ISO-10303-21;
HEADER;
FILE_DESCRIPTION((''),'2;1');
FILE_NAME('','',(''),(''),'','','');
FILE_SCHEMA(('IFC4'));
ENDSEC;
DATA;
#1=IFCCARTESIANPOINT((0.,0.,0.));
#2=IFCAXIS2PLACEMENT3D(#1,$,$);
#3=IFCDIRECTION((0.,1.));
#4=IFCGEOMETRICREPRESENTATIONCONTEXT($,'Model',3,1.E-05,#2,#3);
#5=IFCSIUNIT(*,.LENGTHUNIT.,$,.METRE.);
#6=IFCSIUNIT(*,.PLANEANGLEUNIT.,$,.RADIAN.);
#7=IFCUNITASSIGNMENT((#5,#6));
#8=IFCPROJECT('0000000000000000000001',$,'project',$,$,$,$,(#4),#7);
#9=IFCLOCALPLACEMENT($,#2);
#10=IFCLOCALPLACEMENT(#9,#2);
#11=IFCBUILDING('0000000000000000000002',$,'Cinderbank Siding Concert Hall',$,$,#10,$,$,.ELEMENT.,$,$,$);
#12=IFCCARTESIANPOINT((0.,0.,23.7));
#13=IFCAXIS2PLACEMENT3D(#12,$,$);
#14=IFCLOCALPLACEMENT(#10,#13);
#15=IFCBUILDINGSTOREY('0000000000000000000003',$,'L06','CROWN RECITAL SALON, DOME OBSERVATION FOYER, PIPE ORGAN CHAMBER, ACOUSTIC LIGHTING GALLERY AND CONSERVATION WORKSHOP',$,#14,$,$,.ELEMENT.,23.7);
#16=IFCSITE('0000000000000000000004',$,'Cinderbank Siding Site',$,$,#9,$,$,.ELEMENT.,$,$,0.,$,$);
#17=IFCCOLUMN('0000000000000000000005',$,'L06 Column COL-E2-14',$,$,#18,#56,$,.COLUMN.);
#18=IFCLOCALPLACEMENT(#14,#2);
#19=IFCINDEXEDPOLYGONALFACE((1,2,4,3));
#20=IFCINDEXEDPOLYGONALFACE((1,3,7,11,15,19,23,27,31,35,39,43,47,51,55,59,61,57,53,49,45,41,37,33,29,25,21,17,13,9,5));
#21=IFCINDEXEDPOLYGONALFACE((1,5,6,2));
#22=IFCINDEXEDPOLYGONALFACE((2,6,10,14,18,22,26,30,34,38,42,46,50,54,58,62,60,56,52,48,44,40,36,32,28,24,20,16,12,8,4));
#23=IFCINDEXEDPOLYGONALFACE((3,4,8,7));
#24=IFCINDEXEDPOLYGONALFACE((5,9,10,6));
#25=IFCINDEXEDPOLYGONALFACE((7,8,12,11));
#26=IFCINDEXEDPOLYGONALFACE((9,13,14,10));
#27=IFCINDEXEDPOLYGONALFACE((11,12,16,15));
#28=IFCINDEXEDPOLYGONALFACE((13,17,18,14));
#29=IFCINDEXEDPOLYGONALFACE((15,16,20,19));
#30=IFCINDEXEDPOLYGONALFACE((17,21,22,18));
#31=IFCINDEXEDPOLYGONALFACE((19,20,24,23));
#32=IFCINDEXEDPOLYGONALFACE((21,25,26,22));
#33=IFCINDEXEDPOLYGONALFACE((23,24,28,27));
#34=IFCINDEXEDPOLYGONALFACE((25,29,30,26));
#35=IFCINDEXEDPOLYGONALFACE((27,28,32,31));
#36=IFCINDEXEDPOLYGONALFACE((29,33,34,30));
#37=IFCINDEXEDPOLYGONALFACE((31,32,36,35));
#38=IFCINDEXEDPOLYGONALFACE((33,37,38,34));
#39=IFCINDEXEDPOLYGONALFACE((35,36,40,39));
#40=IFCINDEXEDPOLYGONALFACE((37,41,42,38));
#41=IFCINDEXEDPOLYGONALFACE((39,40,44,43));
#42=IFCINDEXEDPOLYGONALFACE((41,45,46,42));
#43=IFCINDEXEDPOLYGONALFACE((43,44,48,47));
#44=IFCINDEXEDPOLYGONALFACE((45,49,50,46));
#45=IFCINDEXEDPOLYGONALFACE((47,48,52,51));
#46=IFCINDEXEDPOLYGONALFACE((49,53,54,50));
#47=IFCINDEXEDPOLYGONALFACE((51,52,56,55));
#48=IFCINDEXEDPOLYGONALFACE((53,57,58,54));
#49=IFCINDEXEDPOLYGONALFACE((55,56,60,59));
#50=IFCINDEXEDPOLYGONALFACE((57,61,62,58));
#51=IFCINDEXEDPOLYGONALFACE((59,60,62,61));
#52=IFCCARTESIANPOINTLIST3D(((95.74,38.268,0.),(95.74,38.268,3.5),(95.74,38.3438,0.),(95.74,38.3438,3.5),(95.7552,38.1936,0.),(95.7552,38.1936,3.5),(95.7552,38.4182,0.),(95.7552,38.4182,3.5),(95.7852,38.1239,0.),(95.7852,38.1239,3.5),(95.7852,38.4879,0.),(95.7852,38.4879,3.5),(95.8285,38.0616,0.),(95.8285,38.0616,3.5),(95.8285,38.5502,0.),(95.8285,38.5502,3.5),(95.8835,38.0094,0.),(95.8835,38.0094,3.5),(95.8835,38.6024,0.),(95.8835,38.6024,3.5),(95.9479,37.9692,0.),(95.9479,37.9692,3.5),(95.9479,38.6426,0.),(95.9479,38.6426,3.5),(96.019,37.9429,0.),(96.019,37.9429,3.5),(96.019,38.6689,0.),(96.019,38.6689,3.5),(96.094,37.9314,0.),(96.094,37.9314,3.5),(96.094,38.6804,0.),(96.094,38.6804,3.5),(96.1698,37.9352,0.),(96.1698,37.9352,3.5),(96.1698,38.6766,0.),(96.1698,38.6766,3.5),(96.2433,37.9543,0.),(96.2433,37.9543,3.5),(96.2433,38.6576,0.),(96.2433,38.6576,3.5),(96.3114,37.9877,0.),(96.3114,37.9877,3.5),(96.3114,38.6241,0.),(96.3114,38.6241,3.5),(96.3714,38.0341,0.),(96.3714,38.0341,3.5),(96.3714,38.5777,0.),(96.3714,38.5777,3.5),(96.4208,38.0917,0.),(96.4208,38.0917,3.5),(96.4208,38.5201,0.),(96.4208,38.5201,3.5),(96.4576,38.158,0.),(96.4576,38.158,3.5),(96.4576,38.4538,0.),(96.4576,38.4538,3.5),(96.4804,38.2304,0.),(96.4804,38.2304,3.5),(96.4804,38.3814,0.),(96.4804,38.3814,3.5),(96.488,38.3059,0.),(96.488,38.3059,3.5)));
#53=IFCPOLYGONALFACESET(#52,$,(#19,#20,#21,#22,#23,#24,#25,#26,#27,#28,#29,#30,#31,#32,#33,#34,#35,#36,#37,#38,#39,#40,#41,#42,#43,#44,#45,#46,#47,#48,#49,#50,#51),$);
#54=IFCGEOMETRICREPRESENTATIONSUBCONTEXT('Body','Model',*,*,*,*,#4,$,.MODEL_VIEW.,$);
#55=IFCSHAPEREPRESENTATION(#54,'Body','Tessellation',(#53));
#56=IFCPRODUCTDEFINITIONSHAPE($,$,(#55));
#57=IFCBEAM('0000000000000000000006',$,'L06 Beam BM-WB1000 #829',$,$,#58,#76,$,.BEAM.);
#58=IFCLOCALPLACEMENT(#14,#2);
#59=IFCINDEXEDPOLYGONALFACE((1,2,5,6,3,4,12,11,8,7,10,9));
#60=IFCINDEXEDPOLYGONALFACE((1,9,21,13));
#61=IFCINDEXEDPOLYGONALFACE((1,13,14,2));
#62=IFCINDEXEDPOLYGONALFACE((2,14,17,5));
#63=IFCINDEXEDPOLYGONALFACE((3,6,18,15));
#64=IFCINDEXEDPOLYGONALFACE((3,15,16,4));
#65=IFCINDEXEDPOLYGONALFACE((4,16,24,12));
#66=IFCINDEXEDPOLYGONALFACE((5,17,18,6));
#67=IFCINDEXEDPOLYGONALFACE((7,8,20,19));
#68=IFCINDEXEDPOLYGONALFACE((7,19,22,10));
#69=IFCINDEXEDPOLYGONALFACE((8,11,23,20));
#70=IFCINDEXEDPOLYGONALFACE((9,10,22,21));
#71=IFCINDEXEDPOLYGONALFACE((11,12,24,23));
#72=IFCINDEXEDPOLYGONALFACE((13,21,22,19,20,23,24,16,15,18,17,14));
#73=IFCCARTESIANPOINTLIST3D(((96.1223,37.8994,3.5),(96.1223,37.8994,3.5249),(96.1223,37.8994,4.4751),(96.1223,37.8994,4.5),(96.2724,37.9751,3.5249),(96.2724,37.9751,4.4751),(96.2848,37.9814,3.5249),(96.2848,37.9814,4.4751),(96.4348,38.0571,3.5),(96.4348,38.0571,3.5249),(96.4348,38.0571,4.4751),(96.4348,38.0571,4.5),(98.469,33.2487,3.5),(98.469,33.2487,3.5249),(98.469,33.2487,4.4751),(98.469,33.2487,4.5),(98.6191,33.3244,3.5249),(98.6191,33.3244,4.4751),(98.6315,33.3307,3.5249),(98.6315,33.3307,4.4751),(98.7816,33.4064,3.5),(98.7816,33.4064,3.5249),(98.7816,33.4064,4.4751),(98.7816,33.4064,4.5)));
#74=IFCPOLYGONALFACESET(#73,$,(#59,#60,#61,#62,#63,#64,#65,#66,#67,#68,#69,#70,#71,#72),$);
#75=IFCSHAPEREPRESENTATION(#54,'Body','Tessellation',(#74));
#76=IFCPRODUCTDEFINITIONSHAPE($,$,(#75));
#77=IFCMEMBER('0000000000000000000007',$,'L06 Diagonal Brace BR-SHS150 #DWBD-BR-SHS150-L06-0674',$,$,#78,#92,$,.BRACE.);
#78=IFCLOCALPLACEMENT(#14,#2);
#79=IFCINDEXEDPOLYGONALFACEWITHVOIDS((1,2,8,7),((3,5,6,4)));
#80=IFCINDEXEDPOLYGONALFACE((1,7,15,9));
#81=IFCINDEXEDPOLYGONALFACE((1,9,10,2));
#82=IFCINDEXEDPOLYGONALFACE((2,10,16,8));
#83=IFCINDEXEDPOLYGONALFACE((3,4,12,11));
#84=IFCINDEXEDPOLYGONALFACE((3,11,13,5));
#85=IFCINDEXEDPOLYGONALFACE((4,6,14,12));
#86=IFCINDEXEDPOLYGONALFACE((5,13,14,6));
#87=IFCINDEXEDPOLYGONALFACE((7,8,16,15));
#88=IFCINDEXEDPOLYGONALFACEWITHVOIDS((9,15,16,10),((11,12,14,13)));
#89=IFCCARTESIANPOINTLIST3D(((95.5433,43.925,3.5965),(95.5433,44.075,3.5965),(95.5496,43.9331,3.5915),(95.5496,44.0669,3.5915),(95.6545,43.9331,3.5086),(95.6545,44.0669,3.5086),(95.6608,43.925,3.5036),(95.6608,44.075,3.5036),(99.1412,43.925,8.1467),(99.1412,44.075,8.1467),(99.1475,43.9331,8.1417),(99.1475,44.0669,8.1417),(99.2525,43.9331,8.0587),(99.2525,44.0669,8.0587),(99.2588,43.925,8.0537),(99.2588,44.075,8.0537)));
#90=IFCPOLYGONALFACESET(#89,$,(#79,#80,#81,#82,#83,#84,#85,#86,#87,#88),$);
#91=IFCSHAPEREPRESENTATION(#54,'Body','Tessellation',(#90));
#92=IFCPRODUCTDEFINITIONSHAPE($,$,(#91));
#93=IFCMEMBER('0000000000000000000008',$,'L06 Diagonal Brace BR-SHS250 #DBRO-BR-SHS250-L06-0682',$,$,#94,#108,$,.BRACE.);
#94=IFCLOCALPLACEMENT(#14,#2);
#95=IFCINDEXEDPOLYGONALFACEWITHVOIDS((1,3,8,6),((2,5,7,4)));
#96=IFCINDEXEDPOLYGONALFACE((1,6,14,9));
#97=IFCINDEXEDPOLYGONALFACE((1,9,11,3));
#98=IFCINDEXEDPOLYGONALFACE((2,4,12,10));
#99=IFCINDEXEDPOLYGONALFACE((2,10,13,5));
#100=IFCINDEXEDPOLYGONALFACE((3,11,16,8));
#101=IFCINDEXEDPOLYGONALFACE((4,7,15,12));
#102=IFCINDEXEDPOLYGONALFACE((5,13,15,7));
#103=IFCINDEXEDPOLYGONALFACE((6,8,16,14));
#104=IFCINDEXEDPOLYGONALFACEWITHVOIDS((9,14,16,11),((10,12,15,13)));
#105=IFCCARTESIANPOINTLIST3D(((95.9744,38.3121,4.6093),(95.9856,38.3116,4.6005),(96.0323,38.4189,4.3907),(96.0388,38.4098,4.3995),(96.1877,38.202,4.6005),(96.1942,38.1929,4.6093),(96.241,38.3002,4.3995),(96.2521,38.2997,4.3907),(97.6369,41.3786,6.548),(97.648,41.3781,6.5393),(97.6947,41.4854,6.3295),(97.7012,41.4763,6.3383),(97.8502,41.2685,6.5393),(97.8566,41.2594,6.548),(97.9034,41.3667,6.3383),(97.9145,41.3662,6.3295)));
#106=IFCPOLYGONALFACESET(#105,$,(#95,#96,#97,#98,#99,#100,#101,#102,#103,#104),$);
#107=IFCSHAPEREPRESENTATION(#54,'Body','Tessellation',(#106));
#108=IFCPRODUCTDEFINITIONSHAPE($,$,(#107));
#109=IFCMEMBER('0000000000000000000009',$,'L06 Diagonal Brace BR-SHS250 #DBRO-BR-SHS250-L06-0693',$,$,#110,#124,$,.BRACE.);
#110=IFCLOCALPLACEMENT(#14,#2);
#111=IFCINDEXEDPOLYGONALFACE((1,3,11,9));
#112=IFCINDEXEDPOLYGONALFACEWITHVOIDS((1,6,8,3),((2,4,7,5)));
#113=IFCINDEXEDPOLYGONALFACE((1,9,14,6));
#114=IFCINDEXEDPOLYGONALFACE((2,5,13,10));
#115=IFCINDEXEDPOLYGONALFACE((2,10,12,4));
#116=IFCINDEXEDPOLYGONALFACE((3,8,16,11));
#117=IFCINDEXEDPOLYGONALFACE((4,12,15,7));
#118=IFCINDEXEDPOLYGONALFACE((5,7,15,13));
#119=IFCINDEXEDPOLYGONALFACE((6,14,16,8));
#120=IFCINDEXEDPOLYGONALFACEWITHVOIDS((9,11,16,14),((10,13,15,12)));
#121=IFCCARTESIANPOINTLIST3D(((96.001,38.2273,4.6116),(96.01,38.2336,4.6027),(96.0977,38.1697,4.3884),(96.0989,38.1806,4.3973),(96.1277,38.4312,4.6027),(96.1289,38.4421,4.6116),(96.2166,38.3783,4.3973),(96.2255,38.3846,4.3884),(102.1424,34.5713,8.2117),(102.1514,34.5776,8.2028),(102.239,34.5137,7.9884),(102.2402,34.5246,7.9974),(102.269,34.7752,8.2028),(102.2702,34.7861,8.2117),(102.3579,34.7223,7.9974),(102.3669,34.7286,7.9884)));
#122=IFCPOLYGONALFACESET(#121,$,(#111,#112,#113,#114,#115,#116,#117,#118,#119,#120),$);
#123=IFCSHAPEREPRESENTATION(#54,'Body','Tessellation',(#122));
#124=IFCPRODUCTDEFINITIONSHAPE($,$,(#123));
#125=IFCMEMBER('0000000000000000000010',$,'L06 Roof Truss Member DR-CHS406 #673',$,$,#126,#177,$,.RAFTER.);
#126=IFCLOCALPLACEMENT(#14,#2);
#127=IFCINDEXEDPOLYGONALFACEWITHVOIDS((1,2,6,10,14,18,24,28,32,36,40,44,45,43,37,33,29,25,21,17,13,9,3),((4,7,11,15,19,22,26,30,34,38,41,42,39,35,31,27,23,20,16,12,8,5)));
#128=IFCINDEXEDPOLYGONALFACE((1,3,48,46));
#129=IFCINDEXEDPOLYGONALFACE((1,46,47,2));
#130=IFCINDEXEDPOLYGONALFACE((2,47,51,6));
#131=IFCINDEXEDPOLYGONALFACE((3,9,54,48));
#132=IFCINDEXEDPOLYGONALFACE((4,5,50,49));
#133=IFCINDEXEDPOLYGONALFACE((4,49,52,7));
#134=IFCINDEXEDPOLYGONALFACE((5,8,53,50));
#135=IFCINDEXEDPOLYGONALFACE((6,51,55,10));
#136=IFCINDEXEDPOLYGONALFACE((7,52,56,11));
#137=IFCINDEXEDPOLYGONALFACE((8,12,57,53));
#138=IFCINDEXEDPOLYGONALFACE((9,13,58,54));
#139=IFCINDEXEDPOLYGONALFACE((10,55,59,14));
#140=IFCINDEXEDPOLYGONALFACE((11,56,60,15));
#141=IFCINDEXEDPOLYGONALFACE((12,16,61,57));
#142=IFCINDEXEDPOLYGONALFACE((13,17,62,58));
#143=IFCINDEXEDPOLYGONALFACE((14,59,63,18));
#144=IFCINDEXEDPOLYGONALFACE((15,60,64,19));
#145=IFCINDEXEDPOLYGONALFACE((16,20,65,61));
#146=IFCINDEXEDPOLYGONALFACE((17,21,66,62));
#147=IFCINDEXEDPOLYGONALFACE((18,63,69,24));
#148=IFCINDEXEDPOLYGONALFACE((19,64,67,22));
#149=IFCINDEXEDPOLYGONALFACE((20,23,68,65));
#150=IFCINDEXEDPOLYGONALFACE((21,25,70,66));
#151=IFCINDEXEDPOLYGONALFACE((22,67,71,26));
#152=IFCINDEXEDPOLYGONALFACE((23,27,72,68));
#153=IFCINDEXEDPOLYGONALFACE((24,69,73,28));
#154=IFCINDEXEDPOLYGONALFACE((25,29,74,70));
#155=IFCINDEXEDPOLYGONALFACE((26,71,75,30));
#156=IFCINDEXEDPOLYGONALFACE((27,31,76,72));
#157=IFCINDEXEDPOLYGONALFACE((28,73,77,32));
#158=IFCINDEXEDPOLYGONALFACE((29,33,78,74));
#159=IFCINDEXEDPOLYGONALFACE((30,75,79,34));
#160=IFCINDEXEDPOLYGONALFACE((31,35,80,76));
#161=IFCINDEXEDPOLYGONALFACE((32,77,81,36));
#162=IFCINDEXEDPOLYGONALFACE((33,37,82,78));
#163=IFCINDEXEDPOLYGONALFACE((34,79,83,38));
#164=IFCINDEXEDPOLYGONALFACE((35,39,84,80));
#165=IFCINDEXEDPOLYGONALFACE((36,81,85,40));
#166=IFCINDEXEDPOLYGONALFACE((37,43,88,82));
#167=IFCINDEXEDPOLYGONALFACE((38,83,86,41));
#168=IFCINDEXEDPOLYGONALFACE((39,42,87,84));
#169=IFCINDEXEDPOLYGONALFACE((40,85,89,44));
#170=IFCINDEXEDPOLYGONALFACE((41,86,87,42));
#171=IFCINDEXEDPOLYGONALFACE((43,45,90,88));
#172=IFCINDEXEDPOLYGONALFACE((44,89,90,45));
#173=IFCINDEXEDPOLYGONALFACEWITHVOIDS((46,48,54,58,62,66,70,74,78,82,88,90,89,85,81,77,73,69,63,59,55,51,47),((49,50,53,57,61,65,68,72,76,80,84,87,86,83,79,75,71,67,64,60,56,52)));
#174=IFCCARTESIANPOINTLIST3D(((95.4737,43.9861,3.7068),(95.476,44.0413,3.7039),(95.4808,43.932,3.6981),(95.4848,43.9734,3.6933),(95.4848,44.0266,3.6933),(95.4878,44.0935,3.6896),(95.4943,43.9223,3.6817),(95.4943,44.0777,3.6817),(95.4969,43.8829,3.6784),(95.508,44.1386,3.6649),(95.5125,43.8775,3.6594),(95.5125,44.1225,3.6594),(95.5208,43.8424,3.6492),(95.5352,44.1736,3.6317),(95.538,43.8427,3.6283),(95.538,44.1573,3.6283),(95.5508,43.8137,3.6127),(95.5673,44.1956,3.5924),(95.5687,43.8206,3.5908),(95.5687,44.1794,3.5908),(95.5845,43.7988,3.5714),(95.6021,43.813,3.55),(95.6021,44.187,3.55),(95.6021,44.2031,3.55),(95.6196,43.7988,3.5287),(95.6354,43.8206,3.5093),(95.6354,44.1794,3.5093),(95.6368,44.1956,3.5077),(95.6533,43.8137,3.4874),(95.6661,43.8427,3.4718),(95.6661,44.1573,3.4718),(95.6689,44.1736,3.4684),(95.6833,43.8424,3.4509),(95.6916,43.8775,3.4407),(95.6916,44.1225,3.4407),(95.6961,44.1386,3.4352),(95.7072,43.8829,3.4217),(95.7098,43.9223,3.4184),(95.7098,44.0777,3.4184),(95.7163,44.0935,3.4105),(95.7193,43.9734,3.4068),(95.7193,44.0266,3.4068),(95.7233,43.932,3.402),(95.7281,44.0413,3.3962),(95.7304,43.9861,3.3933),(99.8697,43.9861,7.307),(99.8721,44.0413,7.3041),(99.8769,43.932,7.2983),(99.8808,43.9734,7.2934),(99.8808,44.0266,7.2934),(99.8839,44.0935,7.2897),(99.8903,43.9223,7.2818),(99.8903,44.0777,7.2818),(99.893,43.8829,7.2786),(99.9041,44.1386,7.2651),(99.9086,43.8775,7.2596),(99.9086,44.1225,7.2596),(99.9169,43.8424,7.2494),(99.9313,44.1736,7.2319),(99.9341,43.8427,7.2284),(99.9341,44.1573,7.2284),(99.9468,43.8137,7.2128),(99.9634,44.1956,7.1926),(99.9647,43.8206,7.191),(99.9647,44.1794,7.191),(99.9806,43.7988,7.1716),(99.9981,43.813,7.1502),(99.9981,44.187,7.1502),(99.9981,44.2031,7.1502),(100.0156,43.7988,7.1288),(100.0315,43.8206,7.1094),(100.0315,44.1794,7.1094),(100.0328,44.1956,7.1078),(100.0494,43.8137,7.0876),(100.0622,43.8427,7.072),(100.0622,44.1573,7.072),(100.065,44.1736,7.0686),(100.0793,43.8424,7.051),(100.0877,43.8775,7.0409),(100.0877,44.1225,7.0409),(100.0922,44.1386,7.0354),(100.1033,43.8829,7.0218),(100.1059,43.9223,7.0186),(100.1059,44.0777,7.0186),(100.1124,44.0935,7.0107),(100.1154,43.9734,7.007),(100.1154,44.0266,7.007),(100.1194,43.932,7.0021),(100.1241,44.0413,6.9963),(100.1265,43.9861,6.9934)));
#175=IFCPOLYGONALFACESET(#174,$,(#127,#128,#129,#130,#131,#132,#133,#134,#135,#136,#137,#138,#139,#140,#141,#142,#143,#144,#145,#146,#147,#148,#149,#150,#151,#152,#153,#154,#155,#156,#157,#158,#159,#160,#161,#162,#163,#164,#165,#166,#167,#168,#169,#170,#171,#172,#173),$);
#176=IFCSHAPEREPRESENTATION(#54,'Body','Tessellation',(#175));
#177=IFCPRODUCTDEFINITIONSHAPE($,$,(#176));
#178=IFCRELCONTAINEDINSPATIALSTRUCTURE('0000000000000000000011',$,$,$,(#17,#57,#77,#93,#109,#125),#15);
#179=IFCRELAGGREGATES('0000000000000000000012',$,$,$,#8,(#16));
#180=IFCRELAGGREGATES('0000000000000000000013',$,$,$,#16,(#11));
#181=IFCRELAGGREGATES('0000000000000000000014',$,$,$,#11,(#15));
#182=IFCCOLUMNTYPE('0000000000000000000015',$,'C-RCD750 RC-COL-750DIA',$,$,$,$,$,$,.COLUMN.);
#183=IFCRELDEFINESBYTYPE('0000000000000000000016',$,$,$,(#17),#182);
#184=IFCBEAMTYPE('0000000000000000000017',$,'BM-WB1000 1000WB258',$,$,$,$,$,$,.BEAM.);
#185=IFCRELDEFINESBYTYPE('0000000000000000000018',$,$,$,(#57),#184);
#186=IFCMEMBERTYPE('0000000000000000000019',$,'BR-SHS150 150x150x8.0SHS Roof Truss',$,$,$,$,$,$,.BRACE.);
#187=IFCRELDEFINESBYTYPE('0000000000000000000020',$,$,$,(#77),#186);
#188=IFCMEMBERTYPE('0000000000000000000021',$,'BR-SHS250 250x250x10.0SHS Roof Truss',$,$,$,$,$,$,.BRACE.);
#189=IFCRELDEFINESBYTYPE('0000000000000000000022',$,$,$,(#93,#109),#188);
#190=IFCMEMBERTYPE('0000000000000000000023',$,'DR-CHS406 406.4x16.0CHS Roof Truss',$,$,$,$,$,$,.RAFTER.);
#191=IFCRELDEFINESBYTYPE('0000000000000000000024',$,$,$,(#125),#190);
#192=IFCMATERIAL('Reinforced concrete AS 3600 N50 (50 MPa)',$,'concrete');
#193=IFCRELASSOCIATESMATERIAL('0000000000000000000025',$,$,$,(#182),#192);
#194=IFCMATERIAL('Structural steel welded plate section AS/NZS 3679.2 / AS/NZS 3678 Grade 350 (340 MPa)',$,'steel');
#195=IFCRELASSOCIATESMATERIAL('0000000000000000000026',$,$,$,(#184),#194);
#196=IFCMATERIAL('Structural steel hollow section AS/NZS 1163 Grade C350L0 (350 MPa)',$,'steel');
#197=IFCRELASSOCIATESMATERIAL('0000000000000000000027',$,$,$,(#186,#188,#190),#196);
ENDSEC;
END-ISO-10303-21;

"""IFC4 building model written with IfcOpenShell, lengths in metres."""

from ifc_helpers import new_model, si_unit, direction, frame, origin, origin_2d, place, context, subcontext, project, spatial, hollow_rectangle, circle, hollow_circle, i_section, extrude, material, material_profile, profile_set, type_object, element, save


model = new_model("IFC4")

# Units and contexts
model_context = context("Model", 3, precision=1e-05, world=origin(), true_north=direction((0.0, 1.0)))
body_context = subcontext(model_context, "Body", "Model", "MODEL_VIEW")
ifc_project = project(units=[si_unit("LENGTHUNIT", "METRE"), si_unit("PLANEANGLEUNIT", "RADIAN")], contexts=[model_context])

# Site, building, storey
site_placement = place(None, origin())
site = spatial("IfcSite", under=ifc_project, at=site_placement, Name="Cinderbank Siding Site", CompositionType="ELEMENT", RefElevation=0.0)
building_placement = place(site_placement, origin())
building = spatial("IfcBuilding", under=site, at=building_placement, Name="Cinderbank Siding Concert Hall", CompositionType="ELEMENT")
storey_placement = place(building_placement, frame((0.0, 0.0, 23.7)))
storey = spatial("IfcBuildingStorey", under=building, at=storey_placement, Name="L06", Description="CROWN RECITAL SALON, DOME OBSERVATION FOYER, PIPE ORGAN CHAMBER, ACOUSTIC LIGHTING GALLERY AND CONSERVATION WORKSHOP", CompositionType="ELEMENT", Elevation=23.7)

# Column
ifc_material_1 = material(Name="Reinforced concrete AS 3600 N50 (50 MPa)", Category="concrete")
ifc_material_profile_1 = material_profile(ifc_material_1, circle(Radius=0.375, at=origin_2d()), Name="RC-COL-750DIA", Category="LoadBearing")
ifc_profile_set_1 = profile_set([ifc_material_profile_1], Name="Reinforced concrete AS 3600 N50 (50 MPa)")
column_type = type_object("IfcColumnType", Name="C-RCD750 RC-COL-750DIA", PredefinedType="COLUMN", material=ifc_profile_set_1)
column_placement = place(storey_placement, frame((96.113, 38.3059, 0.0), z_axis=(0.0, 0.0, 1.0), x_axis=(1.0, 0.0, 0.0)))
element("IfcColumn", 1, at=column_placement, inside=storey, type_object=column_type, Name="L06 Column COL-E2-14", PredefinedType="COLUMN", context=body_context, shape_type="SweptSolid", body=[
    extrude(circle(Radius=0.375, at=origin_2d()), origin(), (0.0, 0.0, 1.0), 3.5),
])

# Beam
ifc_material_2 = material(Name="Structural steel welded plate section AS/NZS 3679.2 / AS/NZS 3678 Grade 350 (340 MPa)", Category="steel")
ifc_material_profile_2 = material_profile(ifc_material_2, i_section(OverallWidth=0.3501, OverallDepth=1.0, WebThickness=0.0139, FlangeThickness=0.0249, at=origin_2d()), Name="1000WB258", Category="LoadBearing")
ifc_profile_set_2 = profile_set([ifc_material_profile_2], Name="Structural steel welded plate section AS/NZS 3679.2 / AS/NZS 3678 Grade 350 (340 MPa)")
beam_type = type_object("IfcBeamType", Name="BM-WB1000 1000WB258", PredefinedType="BEAM", material=ifc_profile_set_2)
beam_placement = place(storey_placement, frame((96.2786, 37.9783, 4.0), z_axis=(0.450491, -0.892781, 0.0), x_axis=(0.892781, 0.450491, 0.0)))
element("IfcBeam", 2, at=beam_placement, inside=storey, type_object=beam_type, Name="L06 Beam BM-WB1000 #829", PredefinedType="BEAM", context=body_context, shape_type="SweptSolid", body=[
    extrude(i_section(OverallWidth=0.3501, OverallDepth=1.0, WebThickness=0.0139, FlangeThickness=0.0249, at=origin_2d()), origin(), (0.0, 0.0, 1.0), 5.2092),
])

# Members
ifc_material_3 = material(Name="Structural steel hollow section AS/NZS 1163 Grade C350L0 (350 MPa)", Category="steel")
ifc_material_profile_3 = material_profile(ifc_material_3, hollow_rectangle(XDim=0.1499, YDim=0.1499, WallThickness=0.0081, at=origin_2d()), Name="150x150x8.0SHS", Category="LoadBearing")
ifc_profile_set_3 = profile_set([ifc_material_profile_3], Name="Structural steel hollow section AS/NZS 1163 Grade C350L0 (350 MPa)")
member_type_1 = type_object("IfcMemberType", Name="BR-SHS150 150x150x8.0SHS Roof Truss", PredefinedType="BRACE", material=ifc_profile_set_3)
member_1_placement = place(storey_placement, frame((95.6021, 44.0, 3.55), z_axis=(0.620255, 0.0, 0.7844), x_axis=(0.0, 1.0, 0.0)))
element("IfcMember", 3, at=member_1_placement, inside=storey, type_object=member_type_1, Name="L06 Diagonal Brace BR-SHS150 #DWBD-BR-SHS150-L06-0674", PredefinedType="BRACE", context=body_context, shape_type="SweptSolid", body=[
    extrude(hollow_rectangle(XDim=0.1499, YDim=0.1499, WallThickness=0.0081, at=origin_2d()), origin(), (0.0, 0.0, 1.0), 5.8008),
])
ifc_material_profile_4 = material_profile(ifc_material_3, hollow_rectangle(XDim=0.25, YDim=0.25, WallThickness=0.01, at=origin_2d()), Name="250x250x10.0SHS", Category="LoadBearing")
ifc_profile_set_4 = profile_set([ifc_material_profile_4], Name="Structural steel hollow section AS/NZS 1163 Grade C350L0 (350 MPa)")
member_type_2 = type_object("IfcMemberType", Name="BR-SHS250 250x250x10.0SHS Roof Truss", PredefinedType="BRACE", material=ifc_profile_set_4)
member_2_placement = place(storey_placement, frame((96.1133, 38.3059, 4.5), z_axis=(0.416567, 0.768407, 0.485822), x_axis=(-0.879126, 0.47659, 0.0)))
element("IfcMember", 4, at=member_2_placement, inside=storey, type_object=member_type_2, Name="L06 Diagonal Brace BR-SHS250 #DBRO-BR-SHS250-L06-0682", PredefinedType="BRACE", context=body_context, shape_type="SweptSolid", body=[
    extrude(hollow_rectangle(XDim=0.25, YDim=0.25, WallThickness=0.01, at=origin_2d()), origin(), (0.0, 0.0, 1.0), 3.9907),
])
member_3_placement = place(storey_placement, frame((96.1133, 38.3059, 4.5), z_axis=(0.76741, -0.456846, 0.44986), x_axis=(0.511529, 0.859266, 0.0)))
element("IfcMember", 5, at=member_3_placement, inside=storey, type_object=member_type_2, Name="L06 Diagonal Brace BR-SHS250 #DBRO-BR-SHS250-L06-0693", PredefinedType="BRACE", context=body_context, shape_type="SweptSolid", body=[
    extrude(hollow_rectangle(XDim=0.25, YDim=0.25, WallThickness=0.01, at=origin_2d()), origin(), (0.0, 0.0, 1.0), 8.0027),
])
ifc_material_profile_5 = material_profile(ifc_material_3, hollow_circle(Radius=0.2031, WallThickness=0.0161, at=origin_2d()), Name="406.4x16.0CHS", Category="LoadBearing")
ifc_profile_set_5 = profile_set([ifc_material_profile_5], Name="Structural steel hollow section AS/NZS 1163 Grade C350L0 (350 MPa)")
member_type_3 = type_object("IfcMemberType", Name="DR-CHS406 406.4x16.0CHS Roof Truss", PredefinedType="RAFTER", material=ifc_profile_set_5)
member_4_placement = place(storey_placement, frame((95.6021, 44.0, 3.55), z_axis=(0.773666, 0.0, 0.633593), x_axis=(0.0, 1.0, 0.0)))
element("IfcMember", 6, at=member_4_placement, inside=storey, type_object=member_type_3, Name="L06 Roof Truss Member DR-CHS406 #673", PredefinedType="RAFTER", context=body_context, shape_type="SweptSolid", body=[
    extrude(hollow_circle(Radius=0.2031, WallThickness=0.0161, at=origin_2d()), origin(), (0.0, 0.0, 1.0), 5.6821),
])

save(model, "model.ifc")
